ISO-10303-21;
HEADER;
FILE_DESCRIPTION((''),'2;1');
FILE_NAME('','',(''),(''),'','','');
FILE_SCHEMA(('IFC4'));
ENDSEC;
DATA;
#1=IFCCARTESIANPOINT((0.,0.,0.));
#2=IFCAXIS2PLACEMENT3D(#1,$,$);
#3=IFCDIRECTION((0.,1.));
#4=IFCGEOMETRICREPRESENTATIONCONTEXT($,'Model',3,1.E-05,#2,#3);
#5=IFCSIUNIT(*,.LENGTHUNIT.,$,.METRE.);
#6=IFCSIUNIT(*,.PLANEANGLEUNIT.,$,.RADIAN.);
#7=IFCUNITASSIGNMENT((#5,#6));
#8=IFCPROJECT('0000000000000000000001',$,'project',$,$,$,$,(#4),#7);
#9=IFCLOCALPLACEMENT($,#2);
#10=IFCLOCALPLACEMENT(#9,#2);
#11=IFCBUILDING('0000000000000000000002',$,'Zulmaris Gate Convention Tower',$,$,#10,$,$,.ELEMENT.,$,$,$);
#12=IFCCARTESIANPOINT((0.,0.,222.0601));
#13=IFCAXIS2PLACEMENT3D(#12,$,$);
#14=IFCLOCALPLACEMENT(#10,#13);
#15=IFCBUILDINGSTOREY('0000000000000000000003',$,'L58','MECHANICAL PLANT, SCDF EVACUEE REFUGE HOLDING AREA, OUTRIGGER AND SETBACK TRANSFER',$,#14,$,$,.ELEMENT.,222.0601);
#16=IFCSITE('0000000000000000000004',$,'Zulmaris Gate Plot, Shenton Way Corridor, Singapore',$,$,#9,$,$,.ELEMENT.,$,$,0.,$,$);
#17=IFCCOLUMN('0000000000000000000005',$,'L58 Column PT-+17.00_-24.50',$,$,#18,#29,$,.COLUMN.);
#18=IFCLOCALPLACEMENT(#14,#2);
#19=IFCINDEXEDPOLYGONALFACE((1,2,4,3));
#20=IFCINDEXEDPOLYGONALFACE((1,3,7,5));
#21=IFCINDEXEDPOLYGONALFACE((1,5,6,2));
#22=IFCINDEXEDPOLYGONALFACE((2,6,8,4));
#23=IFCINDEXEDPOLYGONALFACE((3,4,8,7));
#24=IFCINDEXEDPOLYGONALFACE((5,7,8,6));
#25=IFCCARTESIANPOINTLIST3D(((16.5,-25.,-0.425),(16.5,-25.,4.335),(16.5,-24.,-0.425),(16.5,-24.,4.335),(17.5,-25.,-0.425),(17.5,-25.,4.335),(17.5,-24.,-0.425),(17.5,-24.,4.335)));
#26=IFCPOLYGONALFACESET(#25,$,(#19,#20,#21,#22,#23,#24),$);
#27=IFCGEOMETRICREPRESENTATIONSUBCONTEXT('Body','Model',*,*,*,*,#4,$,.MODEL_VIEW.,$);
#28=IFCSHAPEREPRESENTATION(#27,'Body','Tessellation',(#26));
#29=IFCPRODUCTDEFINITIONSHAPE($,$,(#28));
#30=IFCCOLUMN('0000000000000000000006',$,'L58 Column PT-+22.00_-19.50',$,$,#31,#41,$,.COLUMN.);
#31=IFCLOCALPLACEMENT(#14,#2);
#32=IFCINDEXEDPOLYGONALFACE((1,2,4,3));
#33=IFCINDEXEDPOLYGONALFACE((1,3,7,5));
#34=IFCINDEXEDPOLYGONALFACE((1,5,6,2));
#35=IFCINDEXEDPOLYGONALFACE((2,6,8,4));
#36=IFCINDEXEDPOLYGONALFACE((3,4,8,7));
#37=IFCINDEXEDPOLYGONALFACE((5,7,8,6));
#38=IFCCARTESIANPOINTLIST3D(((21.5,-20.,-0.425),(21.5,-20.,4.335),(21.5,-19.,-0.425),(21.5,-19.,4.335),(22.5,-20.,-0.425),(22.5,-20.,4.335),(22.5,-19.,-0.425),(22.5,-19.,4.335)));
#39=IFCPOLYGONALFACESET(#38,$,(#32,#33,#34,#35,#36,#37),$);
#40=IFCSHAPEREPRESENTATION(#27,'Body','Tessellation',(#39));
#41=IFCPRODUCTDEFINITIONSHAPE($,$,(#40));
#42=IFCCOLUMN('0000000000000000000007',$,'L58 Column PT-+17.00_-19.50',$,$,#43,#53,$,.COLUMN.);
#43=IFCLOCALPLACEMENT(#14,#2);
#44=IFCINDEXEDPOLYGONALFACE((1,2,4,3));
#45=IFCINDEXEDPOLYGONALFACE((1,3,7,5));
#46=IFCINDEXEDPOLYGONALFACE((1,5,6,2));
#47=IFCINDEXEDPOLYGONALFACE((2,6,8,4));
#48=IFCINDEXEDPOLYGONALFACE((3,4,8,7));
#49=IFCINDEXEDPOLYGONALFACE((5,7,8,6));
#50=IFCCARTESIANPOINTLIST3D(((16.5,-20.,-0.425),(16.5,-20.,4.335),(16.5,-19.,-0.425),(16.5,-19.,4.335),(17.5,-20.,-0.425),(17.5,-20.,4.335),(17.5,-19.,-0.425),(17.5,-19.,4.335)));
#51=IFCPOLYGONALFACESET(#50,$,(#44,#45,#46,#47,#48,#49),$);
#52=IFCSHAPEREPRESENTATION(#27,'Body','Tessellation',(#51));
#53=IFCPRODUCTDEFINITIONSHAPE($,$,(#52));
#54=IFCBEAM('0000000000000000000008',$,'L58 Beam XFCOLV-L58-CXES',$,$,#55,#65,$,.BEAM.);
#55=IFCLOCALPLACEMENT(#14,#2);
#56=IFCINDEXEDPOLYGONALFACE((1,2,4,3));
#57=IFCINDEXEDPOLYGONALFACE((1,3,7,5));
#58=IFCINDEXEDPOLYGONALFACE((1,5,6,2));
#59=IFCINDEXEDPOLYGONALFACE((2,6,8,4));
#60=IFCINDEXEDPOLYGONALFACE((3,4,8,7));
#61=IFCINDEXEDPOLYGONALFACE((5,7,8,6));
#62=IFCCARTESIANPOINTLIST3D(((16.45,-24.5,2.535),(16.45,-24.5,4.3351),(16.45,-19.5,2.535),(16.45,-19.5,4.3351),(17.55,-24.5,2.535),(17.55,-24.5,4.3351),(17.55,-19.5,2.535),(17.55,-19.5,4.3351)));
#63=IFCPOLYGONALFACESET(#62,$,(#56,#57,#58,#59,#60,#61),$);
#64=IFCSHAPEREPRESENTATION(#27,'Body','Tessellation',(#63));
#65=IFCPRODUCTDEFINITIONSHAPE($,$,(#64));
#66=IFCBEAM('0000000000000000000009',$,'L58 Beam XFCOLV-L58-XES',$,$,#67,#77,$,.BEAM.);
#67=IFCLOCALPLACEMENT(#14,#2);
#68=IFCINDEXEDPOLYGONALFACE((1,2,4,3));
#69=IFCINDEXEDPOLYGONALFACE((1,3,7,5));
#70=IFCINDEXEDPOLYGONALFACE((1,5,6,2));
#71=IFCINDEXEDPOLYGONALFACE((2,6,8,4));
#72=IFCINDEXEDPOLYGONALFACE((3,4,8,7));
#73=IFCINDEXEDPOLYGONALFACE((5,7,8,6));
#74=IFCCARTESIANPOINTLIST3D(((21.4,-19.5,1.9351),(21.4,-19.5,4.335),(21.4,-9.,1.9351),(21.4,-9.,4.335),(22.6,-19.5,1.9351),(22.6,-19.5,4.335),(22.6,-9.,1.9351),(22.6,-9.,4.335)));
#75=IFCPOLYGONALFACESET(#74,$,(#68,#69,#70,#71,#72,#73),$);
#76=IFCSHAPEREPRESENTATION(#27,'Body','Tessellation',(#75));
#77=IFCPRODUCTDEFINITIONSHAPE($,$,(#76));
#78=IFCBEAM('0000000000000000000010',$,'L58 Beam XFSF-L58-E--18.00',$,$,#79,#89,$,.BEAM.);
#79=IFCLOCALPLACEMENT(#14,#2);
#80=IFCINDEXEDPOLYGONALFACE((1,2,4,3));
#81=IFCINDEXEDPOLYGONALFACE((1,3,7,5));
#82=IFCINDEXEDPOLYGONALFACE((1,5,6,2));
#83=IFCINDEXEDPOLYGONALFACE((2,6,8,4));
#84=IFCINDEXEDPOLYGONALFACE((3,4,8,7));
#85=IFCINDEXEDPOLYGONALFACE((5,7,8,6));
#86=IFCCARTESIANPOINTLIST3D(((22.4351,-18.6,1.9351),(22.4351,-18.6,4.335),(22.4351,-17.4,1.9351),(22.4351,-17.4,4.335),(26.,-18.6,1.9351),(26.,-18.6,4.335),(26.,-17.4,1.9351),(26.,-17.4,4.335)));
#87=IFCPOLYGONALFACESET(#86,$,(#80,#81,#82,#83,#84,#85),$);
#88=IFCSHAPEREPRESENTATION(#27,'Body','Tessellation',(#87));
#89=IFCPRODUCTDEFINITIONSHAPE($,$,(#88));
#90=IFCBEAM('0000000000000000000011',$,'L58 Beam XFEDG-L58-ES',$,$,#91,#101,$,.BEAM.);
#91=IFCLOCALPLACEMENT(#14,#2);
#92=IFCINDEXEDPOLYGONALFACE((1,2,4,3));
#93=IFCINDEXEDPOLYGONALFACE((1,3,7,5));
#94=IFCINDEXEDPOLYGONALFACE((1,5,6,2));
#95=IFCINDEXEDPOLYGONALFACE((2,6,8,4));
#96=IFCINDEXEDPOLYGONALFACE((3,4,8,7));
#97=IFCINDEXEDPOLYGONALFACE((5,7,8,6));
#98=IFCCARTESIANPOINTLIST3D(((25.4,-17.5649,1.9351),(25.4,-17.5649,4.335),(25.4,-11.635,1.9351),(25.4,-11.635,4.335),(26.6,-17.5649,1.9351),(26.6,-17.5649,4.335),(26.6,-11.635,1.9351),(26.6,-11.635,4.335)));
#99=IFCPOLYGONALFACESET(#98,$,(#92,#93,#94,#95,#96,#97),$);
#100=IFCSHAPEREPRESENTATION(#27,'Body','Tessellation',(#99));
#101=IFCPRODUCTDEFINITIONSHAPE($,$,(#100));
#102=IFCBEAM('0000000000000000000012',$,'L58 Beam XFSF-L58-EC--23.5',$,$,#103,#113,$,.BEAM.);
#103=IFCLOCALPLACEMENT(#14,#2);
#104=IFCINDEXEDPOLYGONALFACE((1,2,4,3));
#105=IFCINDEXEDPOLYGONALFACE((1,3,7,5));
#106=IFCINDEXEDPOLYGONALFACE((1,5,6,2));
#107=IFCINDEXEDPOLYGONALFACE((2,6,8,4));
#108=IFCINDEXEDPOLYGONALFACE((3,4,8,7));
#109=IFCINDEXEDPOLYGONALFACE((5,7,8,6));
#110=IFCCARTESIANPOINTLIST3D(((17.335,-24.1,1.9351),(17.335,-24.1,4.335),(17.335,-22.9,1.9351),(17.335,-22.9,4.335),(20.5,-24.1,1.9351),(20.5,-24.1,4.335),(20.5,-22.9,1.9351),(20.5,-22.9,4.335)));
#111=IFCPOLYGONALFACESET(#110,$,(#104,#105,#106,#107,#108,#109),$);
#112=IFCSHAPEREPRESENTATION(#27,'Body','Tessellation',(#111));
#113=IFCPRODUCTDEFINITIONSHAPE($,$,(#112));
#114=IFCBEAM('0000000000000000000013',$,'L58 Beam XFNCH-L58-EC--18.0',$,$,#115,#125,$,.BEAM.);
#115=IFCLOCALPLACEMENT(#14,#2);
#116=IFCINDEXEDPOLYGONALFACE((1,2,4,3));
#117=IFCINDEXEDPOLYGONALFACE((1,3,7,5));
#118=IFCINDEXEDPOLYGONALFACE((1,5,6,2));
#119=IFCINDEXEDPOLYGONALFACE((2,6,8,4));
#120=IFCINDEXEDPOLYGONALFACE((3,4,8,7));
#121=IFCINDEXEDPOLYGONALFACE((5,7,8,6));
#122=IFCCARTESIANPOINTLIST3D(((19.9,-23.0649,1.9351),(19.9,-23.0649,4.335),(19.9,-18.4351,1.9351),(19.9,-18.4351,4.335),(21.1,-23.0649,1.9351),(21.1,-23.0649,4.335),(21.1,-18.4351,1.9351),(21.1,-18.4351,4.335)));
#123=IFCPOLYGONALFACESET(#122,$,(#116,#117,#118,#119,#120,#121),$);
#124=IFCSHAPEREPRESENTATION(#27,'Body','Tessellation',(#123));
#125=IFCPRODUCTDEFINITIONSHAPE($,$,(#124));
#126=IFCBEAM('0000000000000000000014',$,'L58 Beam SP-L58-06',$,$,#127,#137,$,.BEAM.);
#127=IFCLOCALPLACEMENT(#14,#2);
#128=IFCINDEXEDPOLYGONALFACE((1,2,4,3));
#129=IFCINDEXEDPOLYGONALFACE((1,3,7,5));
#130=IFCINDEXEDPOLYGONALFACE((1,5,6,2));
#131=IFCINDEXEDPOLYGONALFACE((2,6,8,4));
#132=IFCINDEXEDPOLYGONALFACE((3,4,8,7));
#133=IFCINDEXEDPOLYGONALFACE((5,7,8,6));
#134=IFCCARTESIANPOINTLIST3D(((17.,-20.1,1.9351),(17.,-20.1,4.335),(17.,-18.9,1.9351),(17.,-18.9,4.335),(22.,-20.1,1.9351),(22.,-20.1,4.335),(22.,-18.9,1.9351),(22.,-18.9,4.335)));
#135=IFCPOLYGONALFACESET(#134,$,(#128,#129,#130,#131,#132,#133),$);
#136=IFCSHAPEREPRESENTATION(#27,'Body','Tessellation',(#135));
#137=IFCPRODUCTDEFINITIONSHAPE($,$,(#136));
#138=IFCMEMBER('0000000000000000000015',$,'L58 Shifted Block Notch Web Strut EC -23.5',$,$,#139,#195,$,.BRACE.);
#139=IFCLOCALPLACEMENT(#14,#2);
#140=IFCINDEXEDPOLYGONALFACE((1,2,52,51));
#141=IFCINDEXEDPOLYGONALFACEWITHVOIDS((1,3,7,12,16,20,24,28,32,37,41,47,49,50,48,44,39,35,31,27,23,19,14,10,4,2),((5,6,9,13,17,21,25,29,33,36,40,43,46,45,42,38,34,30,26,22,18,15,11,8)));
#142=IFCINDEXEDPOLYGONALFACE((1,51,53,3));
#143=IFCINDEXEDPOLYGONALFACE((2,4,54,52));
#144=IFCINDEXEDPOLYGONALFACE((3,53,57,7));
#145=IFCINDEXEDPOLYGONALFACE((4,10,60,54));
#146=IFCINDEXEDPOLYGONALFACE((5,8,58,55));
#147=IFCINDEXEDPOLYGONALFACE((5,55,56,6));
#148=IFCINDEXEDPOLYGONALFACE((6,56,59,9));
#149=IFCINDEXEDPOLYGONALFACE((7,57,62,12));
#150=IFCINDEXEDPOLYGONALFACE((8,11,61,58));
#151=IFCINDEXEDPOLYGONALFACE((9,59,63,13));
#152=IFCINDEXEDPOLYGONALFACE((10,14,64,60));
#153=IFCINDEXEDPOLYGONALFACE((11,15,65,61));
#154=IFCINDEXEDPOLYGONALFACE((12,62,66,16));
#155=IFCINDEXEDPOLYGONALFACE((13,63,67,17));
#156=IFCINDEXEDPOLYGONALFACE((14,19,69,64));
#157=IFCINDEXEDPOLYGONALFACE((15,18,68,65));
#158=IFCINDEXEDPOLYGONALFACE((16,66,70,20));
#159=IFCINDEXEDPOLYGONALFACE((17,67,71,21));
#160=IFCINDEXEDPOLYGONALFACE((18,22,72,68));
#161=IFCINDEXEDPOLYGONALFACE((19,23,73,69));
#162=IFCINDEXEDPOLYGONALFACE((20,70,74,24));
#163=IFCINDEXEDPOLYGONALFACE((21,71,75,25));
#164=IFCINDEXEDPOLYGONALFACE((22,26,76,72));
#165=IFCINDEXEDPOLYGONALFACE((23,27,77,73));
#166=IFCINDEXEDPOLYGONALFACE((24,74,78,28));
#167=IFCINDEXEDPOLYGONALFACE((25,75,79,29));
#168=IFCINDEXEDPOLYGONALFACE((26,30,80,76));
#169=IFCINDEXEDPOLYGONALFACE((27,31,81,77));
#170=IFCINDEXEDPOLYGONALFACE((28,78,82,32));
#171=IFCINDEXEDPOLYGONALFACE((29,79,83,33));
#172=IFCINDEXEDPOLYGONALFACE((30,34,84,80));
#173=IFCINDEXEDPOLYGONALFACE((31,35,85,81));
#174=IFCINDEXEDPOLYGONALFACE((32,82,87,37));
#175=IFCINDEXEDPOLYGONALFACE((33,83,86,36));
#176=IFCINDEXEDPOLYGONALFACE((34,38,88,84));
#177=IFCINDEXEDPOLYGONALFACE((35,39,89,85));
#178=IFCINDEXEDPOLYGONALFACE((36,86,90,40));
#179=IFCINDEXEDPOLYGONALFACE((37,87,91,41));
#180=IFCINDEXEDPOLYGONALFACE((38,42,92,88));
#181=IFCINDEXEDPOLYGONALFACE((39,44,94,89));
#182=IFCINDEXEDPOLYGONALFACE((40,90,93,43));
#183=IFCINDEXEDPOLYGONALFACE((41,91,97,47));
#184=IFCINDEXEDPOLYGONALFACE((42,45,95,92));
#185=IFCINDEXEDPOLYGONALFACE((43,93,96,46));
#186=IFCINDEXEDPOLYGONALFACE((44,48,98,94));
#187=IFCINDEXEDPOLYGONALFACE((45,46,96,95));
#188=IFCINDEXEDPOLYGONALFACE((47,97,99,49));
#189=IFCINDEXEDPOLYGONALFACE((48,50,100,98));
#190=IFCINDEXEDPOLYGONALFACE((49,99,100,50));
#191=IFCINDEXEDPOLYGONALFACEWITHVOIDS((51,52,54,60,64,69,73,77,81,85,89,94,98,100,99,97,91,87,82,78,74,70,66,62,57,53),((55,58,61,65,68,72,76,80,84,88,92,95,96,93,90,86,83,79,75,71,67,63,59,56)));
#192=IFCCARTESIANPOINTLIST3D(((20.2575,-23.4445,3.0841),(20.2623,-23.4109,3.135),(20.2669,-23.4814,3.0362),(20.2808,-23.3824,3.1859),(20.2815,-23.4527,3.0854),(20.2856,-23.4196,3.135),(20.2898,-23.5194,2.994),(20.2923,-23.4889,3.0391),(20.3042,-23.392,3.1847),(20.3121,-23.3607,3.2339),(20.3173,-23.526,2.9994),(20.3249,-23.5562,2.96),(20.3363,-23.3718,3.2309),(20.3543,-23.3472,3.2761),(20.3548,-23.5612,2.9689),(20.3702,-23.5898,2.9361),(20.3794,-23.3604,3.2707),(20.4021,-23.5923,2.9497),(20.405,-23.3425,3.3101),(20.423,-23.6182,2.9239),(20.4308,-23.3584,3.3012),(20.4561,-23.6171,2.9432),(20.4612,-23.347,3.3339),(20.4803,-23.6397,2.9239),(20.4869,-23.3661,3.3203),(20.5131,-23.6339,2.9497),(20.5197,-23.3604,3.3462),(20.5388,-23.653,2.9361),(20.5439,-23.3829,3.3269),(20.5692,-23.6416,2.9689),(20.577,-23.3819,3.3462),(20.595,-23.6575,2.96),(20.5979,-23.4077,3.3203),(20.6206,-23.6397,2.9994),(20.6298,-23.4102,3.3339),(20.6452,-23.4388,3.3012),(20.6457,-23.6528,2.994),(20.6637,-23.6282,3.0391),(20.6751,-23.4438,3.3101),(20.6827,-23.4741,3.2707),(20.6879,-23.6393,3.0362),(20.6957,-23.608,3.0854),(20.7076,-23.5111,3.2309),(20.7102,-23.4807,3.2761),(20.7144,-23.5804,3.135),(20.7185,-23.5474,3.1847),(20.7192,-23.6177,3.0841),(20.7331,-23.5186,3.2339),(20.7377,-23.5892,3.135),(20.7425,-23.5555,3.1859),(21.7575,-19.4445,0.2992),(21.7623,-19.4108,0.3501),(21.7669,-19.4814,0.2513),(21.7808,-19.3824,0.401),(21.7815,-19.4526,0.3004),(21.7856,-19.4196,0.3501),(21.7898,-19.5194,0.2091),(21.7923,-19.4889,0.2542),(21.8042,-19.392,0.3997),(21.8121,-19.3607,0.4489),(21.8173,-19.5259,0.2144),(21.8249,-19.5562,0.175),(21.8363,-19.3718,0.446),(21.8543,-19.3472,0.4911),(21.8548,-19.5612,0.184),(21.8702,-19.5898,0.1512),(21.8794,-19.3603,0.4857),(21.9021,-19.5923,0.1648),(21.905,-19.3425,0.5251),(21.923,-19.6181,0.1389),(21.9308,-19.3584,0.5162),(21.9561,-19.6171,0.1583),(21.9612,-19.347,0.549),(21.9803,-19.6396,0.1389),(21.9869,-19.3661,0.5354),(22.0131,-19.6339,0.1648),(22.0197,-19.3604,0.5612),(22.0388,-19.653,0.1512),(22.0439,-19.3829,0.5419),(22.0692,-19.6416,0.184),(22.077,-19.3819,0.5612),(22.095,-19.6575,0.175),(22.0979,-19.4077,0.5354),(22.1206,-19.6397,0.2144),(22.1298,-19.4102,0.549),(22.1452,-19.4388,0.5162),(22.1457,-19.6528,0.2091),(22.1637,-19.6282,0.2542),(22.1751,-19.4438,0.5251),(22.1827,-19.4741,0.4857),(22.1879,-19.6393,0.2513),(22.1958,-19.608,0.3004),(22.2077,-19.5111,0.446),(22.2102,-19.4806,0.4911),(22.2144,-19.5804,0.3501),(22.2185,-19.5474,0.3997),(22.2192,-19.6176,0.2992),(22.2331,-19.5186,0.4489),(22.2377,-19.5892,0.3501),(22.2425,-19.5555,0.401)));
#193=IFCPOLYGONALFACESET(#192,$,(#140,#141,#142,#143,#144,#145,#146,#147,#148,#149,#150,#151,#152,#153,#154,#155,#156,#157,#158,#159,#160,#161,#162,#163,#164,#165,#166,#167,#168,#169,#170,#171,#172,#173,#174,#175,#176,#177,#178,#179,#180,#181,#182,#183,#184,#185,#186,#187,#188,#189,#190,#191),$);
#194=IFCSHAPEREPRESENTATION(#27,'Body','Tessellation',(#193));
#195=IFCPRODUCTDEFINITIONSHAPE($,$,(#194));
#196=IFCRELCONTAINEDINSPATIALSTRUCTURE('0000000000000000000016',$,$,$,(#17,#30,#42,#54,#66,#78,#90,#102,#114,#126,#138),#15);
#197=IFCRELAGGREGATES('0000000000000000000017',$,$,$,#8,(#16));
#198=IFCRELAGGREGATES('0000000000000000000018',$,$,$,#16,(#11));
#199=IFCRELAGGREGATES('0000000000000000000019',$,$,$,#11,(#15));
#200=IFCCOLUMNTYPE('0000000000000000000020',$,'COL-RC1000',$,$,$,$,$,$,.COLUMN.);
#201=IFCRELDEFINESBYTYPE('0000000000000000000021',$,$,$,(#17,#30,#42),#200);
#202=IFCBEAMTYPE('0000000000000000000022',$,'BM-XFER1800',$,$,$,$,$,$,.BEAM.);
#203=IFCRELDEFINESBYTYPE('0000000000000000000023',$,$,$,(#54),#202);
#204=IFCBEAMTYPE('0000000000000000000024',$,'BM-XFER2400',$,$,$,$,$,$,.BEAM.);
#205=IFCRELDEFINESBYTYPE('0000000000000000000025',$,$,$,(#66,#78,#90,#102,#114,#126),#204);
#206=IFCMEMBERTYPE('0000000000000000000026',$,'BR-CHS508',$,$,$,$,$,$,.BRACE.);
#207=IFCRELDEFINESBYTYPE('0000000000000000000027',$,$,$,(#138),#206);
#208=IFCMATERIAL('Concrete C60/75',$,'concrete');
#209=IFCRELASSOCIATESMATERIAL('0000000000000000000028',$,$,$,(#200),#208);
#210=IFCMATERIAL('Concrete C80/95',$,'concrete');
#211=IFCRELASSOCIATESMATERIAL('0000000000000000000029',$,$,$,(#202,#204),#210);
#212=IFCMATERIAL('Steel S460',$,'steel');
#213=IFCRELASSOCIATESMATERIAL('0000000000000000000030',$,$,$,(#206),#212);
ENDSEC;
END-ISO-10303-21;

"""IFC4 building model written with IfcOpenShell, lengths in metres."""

from ifc_helpers import new_model, si_unit, direction, frame, origin, origin_2d, place, context, subcontext, project, spatial, rectangle, hollow_circle, extrude, material, material_profile, profile_set, type_object, element, save


model = new_model("IFC4")

# Units and contexts
model_context = context("Model", 3, precision=1e-05, world=origin(), true_north=direction((0.0, 1.0)))
body_context = subcontext(model_context, "Body", "Model", "MODEL_VIEW")
ifc_project = project(units=[si_unit("LENGTHUNIT", "METRE"), si_unit("PLANEANGLEUNIT", "RADIAN")], contexts=[model_context])

# Site, building, storey
site_placement = place(None, origin())
site = spatial("IfcSite", under=ifc_project, at=site_placement, Name="Zulmaris Gate Plot, Shenton Way Corridor, Singapore", CompositionType="ELEMENT", RefElevation=0.0)
building_placement = place(site_placement, origin())
building = spatial("IfcBuilding", under=site, at=building_placement, Name="Zulmaris Gate Convention Tower", CompositionType="ELEMENT")
storey_placement = place(building_placement, frame((0.0, 0.0, 222.0601)))
storey = spatial("IfcBuildingStorey", under=building, at=storey_placement, Name="L58", Description="MECHANICAL PLANT, SCDF EVACUEE REFUGE HOLDING AREA, OUTRIGGER AND SETBACK TRANSFER", CompositionType="ELEMENT", Elevation=222.0601)

# Columns
ifc_material_1 = material(Name="Concrete C60/75", Category="concrete")
ifc_material_profile_1 = material_profile(ifc_material_1, rectangle(XDim=1.0, YDim=1.0, at=origin_2d()), Name="RC COL 1000x1000")
ifc_profile_set_1 = profile_set([ifc_material_profile_1], Name="Concrete C60/75")
column_type = type_object("IfcColumnType", Name="COL-RC1000", PredefinedType="COLUMN", material=ifc_profile_set_1)
for number, where, z_axis, x_axis, name in (
    (1, (17.0, -24.5, -0.425), (0.0, 0.0, 1.0), (1.0, 0.0, 0.0), "L58 Column PT-+17.00_-24.50"),
    (2, (22.0, -19.5, -0.425), (0.0, 0.0, 1.0), (1.0, 0.0, 0.0), "L58 Column PT-+22.00_-19.50"),
    (3, (17.0, -19.5, -0.425), (0.0, 0.0, 1.0), (1.0, 0.0, 0.0), "L58 Column PT-+17.00_-19.50"),
):
    element("IfcColumn", number, at=place(storey_placement, frame(where, z_axis=z_axis, x_axis=x_axis)), inside=storey, type_object=column_type, Name=name, PredefinedType="COLUMN", context=body_context, shape_type="SweptSolid", body=[
        extrude(rectangle(XDim=1.0, YDim=1.0, at=origin_2d()), origin(), (0.0, 0.0, 1.0), 4.76),
    ])

# Beams
ifc_material_2 = material(Name="Concrete C80/95", Category="concrete")
ifc_material_profile_2 = material_profile(ifc_material_2, rectangle(XDim=1.1001, YDim=1.8, at=origin_2d()), Name="RC TRANSFER 1100x1800")
ifc_profile_set_2 = profile_set([ifc_material_profile_2], Name="Concrete C80/95")
beam_type_1 = type_object("IfcBeamType", Name="BM-XFER1800", PredefinedType="BEAM", material=ifc_profile_set_2)
beam_1_placement = place(storey_placement, frame((17.0, -24.5, 3.4351), z_axis=(0.0, 1.0, 0.0), x_axis=(-1.0, 0.0, 0.0)))
element("IfcBeam", 4, at=beam_1_placement, inside=storey, type_object=beam_type_1, Name="L58 Beam XFCOLV-L58-CXES", PredefinedType="BEAM", context=body_context, shape_type="SweptSolid", body=[
    extrude(rectangle(XDim=1.1001, YDim=1.8, at=origin_2d()), origin(), (0.0, 0.0, 1.0), 5.0),
])
ifc_material_profile_3 = material_profile(ifc_material_2, rectangle(XDim=1.2, YDim=2.3999, at=origin_2d()), Name="RC TRANSFER 1200x2400")
ifc_profile_set_3 = profile_set([ifc_material_profile_3], Name="Concrete C80/95")
beam_type_2 = type_object("IfcBeamType", Name="BM-XFER2400", PredefinedType="BEAM", material=ifc_profile_set_3)
beam_2_placement = place(storey_placement, frame((22.0, -19.5, 3.135), z_axis=(0.0, 1.0, 0.0), x_axis=(-1.0, 0.0, 0.0)))
element("IfcBeam", 5, at=beam_2_placement, inside=storey, type_object=beam_type_2, Name="L58 Beam XFCOLV-L58-XES", PredefinedType="BEAM", context=body_context, shape_type="SweptSolid", body=[
    extrude(rectangle(XDim=1.2, YDim=2.3999, at=origin_2d()), origin(), (0.0, 0.0, 1.0), 10.5),
])
beam_3_placement = place(storey_placement, frame((22.4351, -18.0, 3.135), z_axis=(1.0, 0.0, 0.0), x_axis=(0.0, 1.0, 0.0)))
element("IfcBeam", 6, at=beam_3_placement, inside=storey, type_object=beam_type_2, Name="L58 Beam XFSF-L58-E--18.00", PredefinedType="BEAM", context=body_context, shape_type="SweptSolid", body=[
    extrude(rectangle(XDim=1.2, YDim=2.3999, at=origin_2d()), origin(), (0.0, 0.0, 1.0), 3.5649),
])
beam_4_placement = place(storey_placement, frame((26.0, -17.5649, 3.135), z_axis=(0.0, 1.0, 0.0), x_axis=(-1.0, 0.0, 0.0)))
element("IfcBeam", 7, at=beam_4_placement, inside=storey, type_object=beam_type_2, Name="L58 Beam XFEDG-L58-ES", PredefinedType="BEAM", context=body_context, shape_type="SweptSolid", body=[
    extrude(rectangle(XDim=1.2, YDim=2.3999, at=origin_2d()), origin(), (0.0, 0.0, 1.0), 5.9299),
])
beam_5_placement = place(storey_placement, frame((17.335, -23.5, 3.135), z_axis=(1.0, 0.0, 0.0), x_axis=(0.0, 1.0, 0.0)))
element("IfcBeam", 8, at=beam_5_placement, inside=storey, type_object=beam_type_2, Name="L58 Beam XFSF-L58-EC--23.5", PredefinedType="BEAM", context=body_context, shape_type="SweptSolid", body=[
    extrude(rectangle(XDim=1.2, YDim=2.3999, at=origin_2d()), origin(), (0.0, 0.0, 1.0), 3.165),
])
beam_6_placement = place(storey_placement, frame((20.5, -23.0649, 3.135), z_axis=(0.0, 1.0, 0.0), x_axis=(-1.0, 0.0, 0.0)))
element("IfcBeam", 9, at=beam_6_placement, inside=storey, type_object=beam_type_2, Name="L58 Beam XFNCH-L58-EC--18.0", PredefinedType="BEAM", context=body_context, shape_type="SweptSolid", body=[
    extrude(rectangle(XDim=1.2, YDim=2.3999, at=origin_2d()), origin(), (0.0, 0.0, 1.0), 4.6299),
])
beam_7_placement = place(storey_placement, frame((17.0, -19.5, 3.135), z_axis=(1.0, 0.0, 0.0), x_axis=(0.0, 1.0, 0.0)))
element("IfcBeam", 10, at=beam_7_placement, inside=storey, type_object=beam_type_2, Name="L58 Beam SP-L58-06", PredefinedType="BEAM", context=body_context, shape_type="SweptSolid", body=[
    extrude(rectangle(XDim=1.2, YDim=2.3999, at=origin_2d()), origin(), (0.0, 0.0, 1.0), 5.0),
])

# Member
ifc_material_3 = material(Name="Steel S460", Category="steel")
ifc_material_profile_4 = material_profile(ifc_material_3, hollow_circle(Radius=0.2539, WallThickness=0.0249, at=origin_2d()), Name="CHS 508x25")
ifc_profile_set_4 = profile_set([ifc_material_profile_4], Name="Steel S460")
member_type_1 = type_object("IfcMemberType", Name="BR-CHS508", PredefinedType="BRACE", material=ifc_profile_set_4)
member_1_placement = place(storey_placement, frame((22.0, -19.5, 0.3501), z_axis=(-0.294142, -0.784378, 0.546106), x_axis=(0.936329, -0.351123, 0.0)))
element("IfcMember", 11, at=member_1_placement, inside=storey, type_object=member_type_1, Name="L58 Shifted Block Notch Web Strut EC -23.5", PredefinedType="BRACE", context=body_context, shape_type="SweptSolid", body=[
    extrude(hollow_circle(Radius=0.2539, WallThickness=0.0249, at=origin_2d()), origin(), (0.0, 0.0, 1.0), 5.0996),
])

save(model, "model.ifc")
